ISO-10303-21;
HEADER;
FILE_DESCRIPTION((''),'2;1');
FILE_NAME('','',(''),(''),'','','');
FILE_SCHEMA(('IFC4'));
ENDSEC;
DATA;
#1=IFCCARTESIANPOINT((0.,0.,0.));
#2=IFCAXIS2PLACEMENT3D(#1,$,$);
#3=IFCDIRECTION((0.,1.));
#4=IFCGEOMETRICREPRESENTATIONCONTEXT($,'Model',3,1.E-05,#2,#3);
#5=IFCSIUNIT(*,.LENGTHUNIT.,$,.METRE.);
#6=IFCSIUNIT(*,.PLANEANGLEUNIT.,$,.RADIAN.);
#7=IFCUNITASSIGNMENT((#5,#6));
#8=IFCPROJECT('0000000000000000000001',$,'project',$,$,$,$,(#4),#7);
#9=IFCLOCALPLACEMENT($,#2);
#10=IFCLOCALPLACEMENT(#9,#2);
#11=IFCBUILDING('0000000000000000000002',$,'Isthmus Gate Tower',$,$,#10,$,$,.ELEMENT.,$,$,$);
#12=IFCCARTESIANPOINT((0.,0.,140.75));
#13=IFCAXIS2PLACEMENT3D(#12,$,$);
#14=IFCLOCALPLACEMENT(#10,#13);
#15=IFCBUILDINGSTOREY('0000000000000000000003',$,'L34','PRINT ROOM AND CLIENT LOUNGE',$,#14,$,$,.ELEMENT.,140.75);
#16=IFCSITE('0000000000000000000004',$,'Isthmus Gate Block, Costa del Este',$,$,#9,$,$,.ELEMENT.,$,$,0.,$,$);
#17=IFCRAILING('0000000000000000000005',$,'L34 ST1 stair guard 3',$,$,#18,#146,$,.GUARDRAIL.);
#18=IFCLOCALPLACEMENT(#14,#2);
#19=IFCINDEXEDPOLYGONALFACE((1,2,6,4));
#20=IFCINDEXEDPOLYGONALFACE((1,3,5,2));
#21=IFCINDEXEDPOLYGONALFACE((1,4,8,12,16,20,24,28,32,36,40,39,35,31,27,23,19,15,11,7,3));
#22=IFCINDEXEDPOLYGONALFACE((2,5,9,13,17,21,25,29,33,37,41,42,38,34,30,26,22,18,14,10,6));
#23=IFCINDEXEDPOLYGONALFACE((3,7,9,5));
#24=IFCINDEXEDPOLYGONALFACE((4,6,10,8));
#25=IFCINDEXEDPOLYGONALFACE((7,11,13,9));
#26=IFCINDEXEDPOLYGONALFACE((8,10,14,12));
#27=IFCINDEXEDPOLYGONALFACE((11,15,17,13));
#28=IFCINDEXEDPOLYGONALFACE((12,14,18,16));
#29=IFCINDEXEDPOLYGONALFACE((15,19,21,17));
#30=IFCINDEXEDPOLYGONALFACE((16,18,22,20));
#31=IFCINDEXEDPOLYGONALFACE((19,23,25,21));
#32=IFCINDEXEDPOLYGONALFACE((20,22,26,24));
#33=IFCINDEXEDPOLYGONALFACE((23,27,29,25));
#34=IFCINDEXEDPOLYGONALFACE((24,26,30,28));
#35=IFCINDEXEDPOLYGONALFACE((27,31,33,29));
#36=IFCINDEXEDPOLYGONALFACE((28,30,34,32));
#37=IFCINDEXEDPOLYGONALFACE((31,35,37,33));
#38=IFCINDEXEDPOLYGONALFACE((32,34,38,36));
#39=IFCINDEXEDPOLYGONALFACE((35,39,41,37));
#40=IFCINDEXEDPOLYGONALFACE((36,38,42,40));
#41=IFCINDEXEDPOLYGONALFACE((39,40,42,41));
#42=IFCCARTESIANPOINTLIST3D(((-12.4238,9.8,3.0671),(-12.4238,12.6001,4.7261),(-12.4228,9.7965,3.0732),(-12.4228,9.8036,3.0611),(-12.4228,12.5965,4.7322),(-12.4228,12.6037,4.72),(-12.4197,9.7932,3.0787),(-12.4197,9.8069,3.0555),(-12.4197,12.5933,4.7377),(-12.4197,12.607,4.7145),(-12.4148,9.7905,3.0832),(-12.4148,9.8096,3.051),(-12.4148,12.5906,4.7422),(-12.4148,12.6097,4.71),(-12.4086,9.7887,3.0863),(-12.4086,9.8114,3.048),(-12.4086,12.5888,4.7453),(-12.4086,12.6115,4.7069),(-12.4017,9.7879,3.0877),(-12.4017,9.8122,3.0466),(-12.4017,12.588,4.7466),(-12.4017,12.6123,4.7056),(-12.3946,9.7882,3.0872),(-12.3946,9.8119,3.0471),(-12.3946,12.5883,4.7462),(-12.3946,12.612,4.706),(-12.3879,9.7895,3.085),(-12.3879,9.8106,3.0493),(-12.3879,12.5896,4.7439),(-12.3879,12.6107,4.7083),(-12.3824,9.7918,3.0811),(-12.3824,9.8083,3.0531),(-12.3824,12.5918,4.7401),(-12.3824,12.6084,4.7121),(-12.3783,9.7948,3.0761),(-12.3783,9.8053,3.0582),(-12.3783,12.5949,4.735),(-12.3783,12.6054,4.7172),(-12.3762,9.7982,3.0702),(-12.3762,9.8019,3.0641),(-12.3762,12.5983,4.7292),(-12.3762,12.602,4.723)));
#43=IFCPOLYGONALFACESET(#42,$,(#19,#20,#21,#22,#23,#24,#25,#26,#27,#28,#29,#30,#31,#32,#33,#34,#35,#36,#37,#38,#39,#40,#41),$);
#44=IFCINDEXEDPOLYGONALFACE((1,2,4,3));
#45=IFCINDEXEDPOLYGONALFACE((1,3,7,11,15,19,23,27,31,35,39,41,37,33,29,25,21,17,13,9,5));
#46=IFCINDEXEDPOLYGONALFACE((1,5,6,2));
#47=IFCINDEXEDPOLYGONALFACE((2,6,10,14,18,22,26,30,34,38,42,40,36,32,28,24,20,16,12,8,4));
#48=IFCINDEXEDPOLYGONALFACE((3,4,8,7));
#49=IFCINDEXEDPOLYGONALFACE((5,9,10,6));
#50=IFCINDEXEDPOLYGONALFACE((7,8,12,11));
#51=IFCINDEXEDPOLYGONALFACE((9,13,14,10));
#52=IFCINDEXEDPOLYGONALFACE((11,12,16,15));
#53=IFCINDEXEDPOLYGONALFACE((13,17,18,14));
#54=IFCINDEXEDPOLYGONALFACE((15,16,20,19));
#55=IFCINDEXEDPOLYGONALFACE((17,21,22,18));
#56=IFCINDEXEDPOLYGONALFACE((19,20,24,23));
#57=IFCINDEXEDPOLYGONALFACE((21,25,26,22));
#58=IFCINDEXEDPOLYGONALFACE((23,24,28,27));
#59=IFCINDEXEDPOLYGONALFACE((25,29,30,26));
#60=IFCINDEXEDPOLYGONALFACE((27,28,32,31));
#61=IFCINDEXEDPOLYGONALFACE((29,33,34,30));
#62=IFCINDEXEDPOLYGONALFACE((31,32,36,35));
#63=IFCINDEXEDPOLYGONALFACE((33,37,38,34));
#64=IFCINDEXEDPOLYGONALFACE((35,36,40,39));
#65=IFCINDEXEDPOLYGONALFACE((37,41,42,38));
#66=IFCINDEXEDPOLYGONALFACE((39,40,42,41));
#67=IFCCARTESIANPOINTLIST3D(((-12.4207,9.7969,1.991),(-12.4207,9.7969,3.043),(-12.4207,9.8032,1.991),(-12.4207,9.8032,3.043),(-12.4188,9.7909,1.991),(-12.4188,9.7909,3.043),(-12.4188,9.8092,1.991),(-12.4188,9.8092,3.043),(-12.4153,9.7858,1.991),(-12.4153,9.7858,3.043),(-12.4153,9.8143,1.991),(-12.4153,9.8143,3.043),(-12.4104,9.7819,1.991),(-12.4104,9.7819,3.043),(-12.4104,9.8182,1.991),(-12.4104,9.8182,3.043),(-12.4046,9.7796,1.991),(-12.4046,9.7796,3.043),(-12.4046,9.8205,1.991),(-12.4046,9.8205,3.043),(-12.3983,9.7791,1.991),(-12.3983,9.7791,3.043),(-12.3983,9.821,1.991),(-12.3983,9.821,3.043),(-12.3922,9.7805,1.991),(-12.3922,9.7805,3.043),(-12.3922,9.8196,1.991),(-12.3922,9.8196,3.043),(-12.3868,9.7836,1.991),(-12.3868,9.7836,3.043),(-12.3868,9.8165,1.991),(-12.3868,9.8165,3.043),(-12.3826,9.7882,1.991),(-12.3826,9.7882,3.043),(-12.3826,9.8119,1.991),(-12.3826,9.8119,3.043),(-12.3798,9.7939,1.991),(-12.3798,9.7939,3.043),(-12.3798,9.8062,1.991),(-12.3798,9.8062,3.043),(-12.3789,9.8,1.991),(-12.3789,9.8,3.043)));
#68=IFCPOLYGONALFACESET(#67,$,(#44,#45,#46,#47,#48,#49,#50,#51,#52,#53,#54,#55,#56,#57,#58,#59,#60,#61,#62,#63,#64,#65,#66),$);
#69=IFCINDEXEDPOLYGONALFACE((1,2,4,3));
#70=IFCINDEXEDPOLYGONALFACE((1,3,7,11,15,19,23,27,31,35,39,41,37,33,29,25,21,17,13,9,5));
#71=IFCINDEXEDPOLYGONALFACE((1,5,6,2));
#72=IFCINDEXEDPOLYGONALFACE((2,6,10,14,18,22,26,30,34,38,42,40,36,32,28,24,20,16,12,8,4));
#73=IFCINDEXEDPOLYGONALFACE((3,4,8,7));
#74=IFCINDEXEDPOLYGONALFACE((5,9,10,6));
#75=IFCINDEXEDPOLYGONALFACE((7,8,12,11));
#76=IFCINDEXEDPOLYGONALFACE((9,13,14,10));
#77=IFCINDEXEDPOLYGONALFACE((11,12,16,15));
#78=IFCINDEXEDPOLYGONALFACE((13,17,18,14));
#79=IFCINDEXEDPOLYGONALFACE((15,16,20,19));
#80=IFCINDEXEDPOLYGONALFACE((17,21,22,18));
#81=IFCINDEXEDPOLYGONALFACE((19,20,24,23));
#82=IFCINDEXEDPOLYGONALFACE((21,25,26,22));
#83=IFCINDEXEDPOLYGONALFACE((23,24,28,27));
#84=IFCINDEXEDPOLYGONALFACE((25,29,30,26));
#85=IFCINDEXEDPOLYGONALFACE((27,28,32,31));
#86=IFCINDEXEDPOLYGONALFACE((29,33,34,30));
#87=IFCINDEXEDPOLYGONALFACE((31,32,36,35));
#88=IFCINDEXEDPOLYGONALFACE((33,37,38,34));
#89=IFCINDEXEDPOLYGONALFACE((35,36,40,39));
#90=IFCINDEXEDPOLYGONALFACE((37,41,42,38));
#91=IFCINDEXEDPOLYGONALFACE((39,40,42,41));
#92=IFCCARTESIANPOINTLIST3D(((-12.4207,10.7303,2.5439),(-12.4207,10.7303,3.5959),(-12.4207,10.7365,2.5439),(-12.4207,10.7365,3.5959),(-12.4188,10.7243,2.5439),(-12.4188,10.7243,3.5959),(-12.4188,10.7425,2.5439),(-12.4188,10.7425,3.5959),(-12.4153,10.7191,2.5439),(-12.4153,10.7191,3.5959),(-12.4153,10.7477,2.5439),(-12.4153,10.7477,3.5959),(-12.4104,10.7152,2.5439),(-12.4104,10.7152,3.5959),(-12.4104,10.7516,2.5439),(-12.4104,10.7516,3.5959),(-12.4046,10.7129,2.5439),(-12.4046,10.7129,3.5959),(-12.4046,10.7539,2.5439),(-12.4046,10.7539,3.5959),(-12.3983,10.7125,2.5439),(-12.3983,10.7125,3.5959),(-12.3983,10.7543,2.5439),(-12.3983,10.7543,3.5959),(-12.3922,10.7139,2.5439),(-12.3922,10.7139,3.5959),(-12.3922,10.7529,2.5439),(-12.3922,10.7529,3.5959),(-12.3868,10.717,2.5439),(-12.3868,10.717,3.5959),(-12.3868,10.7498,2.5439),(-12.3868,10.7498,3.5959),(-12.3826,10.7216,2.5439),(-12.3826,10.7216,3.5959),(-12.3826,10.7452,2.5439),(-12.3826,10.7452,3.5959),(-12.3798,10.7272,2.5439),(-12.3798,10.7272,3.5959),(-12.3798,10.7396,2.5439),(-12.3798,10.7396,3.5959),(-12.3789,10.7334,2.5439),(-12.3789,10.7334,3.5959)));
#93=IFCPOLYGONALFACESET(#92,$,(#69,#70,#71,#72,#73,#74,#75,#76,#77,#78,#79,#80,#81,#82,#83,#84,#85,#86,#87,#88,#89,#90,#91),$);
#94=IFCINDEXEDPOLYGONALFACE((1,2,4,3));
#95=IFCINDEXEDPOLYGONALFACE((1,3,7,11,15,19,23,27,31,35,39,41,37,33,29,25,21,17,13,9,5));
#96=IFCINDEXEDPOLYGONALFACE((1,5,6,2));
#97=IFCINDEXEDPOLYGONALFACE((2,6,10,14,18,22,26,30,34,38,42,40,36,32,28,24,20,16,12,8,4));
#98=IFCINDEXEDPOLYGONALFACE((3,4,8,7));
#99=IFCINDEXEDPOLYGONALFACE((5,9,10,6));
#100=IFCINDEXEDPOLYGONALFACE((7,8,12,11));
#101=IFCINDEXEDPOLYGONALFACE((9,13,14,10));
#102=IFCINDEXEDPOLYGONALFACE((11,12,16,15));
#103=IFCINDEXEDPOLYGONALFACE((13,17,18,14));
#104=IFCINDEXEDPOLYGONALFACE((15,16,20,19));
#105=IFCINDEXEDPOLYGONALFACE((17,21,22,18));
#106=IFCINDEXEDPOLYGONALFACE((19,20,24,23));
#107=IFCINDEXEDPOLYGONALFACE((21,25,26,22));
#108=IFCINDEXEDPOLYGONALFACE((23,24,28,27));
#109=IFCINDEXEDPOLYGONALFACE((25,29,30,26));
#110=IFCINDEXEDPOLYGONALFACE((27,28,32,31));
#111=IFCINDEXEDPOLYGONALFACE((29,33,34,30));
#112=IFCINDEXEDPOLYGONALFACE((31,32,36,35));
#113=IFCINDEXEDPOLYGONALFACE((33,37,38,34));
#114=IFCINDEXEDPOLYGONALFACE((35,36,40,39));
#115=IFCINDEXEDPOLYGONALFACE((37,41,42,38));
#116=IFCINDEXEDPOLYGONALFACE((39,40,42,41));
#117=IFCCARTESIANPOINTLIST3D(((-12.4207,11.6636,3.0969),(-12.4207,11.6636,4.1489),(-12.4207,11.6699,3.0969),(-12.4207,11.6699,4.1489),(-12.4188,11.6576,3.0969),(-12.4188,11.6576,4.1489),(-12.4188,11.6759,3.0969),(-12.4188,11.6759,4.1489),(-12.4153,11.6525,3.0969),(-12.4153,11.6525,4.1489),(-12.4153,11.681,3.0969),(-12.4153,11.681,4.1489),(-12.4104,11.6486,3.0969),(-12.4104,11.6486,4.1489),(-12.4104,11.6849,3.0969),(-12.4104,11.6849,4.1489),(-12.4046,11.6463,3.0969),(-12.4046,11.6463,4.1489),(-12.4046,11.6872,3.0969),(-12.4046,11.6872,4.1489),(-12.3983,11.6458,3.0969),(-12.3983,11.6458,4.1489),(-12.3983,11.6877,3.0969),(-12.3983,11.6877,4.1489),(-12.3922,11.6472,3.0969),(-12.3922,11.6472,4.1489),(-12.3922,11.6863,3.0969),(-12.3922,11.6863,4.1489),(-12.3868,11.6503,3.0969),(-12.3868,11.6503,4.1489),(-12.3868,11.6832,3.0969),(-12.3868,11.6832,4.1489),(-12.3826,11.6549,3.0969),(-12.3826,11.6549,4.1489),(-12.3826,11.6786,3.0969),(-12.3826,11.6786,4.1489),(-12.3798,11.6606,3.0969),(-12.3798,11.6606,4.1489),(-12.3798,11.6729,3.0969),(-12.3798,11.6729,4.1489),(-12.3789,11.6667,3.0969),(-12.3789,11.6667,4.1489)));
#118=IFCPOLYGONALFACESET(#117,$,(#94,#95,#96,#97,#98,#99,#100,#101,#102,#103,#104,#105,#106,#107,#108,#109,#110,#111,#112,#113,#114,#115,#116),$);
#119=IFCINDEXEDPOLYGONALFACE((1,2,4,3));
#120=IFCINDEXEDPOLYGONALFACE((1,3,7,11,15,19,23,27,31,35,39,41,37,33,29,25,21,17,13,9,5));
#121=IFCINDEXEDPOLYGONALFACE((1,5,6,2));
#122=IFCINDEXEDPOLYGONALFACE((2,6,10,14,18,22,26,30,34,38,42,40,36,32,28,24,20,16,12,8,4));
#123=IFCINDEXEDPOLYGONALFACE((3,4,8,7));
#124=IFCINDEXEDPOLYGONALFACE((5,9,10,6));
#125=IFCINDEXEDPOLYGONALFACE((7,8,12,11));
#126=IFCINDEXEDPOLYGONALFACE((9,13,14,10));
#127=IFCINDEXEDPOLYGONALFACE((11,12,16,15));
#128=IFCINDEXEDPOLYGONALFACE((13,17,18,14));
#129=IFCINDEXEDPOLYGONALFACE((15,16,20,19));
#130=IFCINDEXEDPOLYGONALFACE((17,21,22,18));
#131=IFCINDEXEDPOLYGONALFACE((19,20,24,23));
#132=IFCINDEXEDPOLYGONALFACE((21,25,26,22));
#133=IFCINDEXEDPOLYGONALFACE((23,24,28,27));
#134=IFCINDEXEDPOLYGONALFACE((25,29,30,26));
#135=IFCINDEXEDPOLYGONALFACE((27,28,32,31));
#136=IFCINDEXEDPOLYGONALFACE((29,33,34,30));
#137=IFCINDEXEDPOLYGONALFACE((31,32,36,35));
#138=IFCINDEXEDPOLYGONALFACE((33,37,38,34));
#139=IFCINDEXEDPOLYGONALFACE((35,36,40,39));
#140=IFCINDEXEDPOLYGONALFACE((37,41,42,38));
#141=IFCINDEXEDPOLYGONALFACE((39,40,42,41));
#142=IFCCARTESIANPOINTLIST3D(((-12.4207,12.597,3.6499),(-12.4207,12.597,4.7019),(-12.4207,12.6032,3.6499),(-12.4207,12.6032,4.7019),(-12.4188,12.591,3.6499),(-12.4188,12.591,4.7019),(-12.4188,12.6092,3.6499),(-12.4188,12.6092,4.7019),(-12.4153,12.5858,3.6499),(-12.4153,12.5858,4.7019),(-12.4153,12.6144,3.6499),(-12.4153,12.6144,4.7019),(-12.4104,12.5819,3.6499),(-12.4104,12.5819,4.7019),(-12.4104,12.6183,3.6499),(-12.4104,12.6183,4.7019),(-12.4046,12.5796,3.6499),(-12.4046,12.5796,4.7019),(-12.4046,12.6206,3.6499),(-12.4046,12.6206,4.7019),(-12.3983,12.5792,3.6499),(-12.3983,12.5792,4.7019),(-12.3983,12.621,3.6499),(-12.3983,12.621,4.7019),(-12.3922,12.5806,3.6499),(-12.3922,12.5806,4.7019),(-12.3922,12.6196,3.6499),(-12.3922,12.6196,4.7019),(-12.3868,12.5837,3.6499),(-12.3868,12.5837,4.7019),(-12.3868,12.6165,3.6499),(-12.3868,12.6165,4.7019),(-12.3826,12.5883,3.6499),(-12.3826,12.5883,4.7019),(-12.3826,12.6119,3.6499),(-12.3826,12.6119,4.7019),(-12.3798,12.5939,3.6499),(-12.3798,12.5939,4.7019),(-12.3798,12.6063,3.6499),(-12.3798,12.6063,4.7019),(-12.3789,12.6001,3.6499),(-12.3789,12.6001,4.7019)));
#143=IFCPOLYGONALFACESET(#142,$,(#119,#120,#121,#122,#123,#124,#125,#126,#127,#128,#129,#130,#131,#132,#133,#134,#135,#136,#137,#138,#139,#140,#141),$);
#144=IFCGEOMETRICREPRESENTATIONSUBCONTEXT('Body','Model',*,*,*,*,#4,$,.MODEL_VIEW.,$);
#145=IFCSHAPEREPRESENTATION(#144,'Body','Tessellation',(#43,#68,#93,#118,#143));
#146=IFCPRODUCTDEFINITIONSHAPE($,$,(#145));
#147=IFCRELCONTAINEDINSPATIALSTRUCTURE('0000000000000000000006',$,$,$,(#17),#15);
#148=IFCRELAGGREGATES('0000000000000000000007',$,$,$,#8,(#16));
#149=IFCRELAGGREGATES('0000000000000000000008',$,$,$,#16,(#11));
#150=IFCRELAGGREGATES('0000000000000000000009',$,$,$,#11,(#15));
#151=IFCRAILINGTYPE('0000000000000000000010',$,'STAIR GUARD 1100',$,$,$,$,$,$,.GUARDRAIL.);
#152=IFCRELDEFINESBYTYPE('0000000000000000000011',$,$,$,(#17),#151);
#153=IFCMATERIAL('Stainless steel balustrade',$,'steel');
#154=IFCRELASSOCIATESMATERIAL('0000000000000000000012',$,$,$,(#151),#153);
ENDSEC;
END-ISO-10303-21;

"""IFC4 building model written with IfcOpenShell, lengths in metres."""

from ifc_helpers import new_model, si_unit, direction, frame, origin, origin_2d, place, context, subcontext, project, spatial, circle, extrude, material, type_object, element, save


model = new_model("IFC4")

# Units and contexts
model_context = context("Model", 3, precision=1e-05, world=origin(), true_north=direction((0.0, 1.0)))
body_context = subcontext(model_context, "Body", "Model", "MODEL_VIEW")
ifc_project = project(units=[si_unit("LENGTHUNIT", "METRE"), si_unit("PLANEANGLEUNIT", "RADIAN")], contexts=[model_context])

# Site, building, storey
site_placement = place(None, origin())
site = spatial("IfcSite", under=ifc_project, at=site_placement, Name="Isthmus Gate Block, Costa del Este", CompositionType="ELEMENT", RefElevation=0.0)
building_placement = place(site_placement, origin())
building = spatial("IfcBuilding", under=site, at=building_placement, Name="Isthmus Gate Tower", CompositionType="ELEMENT")
storey_placement = place(building_placement, frame((0.0, 0.0, 140.75)))
storey = spatial("IfcBuildingStorey", under=building, at=storey_placement, Name="L34", Description="PRINT ROOM AND CLIENT LOUNGE", CompositionType="ELEMENT", Elevation=140.75)

# Railing
ifc_material_1 = material(Name="Stainless steel balustrade", Category="steel")
railing_type_1 = type_object("IfcRailingType", Name="STAIR GUARD 1100", PredefinedType="GUARDRAIL", material=ifc_material_1)
railing_1_placement = place(storey_placement, frame((-12.3999, 9.8, 1.991)))
element("IfcRailing", 1, at=railing_1_placement, inside=storey, type_object=railing_type_1, Name="L34 ST1 stair guard 3", PredefinedType="GUARDRAIL", context=body_context, shape_type="SweptSolid", body=[
    extrude(circle(Radius=0.0239, at=origin_2d()), frame((0.0, 0.0, 1.0762), z_axis=(0.0, 0.860339, 0.509722), x_axis=(-1.0, 0.0, 0.0)), (0.0, 0.0, 1.0), 3.2546),
    extrude(circle(Radius=0.021, at=origin_2d()), origin(), (0.0, 0.0, 1.0), 1.052),
    extrude(circle(Radius=0.021, at=origin_2d()), frame((0.0, 0.9333, 0.553)), (0.0, 0.0, 1.0), 1.052),
    extrude(circle(Radius=0.021, at=origin_2d()), frame((0.0, 1.8667, 1.106)), (0.0, 0.0, 1.0), 1.052),
    extrude(circle(Radius=0.021, at=origin_2d()), frame((0.0, 2.8, 1.6589)), (0.0, 0.0, 1.0), 1.052),
])

save(model, "model.ifc")
